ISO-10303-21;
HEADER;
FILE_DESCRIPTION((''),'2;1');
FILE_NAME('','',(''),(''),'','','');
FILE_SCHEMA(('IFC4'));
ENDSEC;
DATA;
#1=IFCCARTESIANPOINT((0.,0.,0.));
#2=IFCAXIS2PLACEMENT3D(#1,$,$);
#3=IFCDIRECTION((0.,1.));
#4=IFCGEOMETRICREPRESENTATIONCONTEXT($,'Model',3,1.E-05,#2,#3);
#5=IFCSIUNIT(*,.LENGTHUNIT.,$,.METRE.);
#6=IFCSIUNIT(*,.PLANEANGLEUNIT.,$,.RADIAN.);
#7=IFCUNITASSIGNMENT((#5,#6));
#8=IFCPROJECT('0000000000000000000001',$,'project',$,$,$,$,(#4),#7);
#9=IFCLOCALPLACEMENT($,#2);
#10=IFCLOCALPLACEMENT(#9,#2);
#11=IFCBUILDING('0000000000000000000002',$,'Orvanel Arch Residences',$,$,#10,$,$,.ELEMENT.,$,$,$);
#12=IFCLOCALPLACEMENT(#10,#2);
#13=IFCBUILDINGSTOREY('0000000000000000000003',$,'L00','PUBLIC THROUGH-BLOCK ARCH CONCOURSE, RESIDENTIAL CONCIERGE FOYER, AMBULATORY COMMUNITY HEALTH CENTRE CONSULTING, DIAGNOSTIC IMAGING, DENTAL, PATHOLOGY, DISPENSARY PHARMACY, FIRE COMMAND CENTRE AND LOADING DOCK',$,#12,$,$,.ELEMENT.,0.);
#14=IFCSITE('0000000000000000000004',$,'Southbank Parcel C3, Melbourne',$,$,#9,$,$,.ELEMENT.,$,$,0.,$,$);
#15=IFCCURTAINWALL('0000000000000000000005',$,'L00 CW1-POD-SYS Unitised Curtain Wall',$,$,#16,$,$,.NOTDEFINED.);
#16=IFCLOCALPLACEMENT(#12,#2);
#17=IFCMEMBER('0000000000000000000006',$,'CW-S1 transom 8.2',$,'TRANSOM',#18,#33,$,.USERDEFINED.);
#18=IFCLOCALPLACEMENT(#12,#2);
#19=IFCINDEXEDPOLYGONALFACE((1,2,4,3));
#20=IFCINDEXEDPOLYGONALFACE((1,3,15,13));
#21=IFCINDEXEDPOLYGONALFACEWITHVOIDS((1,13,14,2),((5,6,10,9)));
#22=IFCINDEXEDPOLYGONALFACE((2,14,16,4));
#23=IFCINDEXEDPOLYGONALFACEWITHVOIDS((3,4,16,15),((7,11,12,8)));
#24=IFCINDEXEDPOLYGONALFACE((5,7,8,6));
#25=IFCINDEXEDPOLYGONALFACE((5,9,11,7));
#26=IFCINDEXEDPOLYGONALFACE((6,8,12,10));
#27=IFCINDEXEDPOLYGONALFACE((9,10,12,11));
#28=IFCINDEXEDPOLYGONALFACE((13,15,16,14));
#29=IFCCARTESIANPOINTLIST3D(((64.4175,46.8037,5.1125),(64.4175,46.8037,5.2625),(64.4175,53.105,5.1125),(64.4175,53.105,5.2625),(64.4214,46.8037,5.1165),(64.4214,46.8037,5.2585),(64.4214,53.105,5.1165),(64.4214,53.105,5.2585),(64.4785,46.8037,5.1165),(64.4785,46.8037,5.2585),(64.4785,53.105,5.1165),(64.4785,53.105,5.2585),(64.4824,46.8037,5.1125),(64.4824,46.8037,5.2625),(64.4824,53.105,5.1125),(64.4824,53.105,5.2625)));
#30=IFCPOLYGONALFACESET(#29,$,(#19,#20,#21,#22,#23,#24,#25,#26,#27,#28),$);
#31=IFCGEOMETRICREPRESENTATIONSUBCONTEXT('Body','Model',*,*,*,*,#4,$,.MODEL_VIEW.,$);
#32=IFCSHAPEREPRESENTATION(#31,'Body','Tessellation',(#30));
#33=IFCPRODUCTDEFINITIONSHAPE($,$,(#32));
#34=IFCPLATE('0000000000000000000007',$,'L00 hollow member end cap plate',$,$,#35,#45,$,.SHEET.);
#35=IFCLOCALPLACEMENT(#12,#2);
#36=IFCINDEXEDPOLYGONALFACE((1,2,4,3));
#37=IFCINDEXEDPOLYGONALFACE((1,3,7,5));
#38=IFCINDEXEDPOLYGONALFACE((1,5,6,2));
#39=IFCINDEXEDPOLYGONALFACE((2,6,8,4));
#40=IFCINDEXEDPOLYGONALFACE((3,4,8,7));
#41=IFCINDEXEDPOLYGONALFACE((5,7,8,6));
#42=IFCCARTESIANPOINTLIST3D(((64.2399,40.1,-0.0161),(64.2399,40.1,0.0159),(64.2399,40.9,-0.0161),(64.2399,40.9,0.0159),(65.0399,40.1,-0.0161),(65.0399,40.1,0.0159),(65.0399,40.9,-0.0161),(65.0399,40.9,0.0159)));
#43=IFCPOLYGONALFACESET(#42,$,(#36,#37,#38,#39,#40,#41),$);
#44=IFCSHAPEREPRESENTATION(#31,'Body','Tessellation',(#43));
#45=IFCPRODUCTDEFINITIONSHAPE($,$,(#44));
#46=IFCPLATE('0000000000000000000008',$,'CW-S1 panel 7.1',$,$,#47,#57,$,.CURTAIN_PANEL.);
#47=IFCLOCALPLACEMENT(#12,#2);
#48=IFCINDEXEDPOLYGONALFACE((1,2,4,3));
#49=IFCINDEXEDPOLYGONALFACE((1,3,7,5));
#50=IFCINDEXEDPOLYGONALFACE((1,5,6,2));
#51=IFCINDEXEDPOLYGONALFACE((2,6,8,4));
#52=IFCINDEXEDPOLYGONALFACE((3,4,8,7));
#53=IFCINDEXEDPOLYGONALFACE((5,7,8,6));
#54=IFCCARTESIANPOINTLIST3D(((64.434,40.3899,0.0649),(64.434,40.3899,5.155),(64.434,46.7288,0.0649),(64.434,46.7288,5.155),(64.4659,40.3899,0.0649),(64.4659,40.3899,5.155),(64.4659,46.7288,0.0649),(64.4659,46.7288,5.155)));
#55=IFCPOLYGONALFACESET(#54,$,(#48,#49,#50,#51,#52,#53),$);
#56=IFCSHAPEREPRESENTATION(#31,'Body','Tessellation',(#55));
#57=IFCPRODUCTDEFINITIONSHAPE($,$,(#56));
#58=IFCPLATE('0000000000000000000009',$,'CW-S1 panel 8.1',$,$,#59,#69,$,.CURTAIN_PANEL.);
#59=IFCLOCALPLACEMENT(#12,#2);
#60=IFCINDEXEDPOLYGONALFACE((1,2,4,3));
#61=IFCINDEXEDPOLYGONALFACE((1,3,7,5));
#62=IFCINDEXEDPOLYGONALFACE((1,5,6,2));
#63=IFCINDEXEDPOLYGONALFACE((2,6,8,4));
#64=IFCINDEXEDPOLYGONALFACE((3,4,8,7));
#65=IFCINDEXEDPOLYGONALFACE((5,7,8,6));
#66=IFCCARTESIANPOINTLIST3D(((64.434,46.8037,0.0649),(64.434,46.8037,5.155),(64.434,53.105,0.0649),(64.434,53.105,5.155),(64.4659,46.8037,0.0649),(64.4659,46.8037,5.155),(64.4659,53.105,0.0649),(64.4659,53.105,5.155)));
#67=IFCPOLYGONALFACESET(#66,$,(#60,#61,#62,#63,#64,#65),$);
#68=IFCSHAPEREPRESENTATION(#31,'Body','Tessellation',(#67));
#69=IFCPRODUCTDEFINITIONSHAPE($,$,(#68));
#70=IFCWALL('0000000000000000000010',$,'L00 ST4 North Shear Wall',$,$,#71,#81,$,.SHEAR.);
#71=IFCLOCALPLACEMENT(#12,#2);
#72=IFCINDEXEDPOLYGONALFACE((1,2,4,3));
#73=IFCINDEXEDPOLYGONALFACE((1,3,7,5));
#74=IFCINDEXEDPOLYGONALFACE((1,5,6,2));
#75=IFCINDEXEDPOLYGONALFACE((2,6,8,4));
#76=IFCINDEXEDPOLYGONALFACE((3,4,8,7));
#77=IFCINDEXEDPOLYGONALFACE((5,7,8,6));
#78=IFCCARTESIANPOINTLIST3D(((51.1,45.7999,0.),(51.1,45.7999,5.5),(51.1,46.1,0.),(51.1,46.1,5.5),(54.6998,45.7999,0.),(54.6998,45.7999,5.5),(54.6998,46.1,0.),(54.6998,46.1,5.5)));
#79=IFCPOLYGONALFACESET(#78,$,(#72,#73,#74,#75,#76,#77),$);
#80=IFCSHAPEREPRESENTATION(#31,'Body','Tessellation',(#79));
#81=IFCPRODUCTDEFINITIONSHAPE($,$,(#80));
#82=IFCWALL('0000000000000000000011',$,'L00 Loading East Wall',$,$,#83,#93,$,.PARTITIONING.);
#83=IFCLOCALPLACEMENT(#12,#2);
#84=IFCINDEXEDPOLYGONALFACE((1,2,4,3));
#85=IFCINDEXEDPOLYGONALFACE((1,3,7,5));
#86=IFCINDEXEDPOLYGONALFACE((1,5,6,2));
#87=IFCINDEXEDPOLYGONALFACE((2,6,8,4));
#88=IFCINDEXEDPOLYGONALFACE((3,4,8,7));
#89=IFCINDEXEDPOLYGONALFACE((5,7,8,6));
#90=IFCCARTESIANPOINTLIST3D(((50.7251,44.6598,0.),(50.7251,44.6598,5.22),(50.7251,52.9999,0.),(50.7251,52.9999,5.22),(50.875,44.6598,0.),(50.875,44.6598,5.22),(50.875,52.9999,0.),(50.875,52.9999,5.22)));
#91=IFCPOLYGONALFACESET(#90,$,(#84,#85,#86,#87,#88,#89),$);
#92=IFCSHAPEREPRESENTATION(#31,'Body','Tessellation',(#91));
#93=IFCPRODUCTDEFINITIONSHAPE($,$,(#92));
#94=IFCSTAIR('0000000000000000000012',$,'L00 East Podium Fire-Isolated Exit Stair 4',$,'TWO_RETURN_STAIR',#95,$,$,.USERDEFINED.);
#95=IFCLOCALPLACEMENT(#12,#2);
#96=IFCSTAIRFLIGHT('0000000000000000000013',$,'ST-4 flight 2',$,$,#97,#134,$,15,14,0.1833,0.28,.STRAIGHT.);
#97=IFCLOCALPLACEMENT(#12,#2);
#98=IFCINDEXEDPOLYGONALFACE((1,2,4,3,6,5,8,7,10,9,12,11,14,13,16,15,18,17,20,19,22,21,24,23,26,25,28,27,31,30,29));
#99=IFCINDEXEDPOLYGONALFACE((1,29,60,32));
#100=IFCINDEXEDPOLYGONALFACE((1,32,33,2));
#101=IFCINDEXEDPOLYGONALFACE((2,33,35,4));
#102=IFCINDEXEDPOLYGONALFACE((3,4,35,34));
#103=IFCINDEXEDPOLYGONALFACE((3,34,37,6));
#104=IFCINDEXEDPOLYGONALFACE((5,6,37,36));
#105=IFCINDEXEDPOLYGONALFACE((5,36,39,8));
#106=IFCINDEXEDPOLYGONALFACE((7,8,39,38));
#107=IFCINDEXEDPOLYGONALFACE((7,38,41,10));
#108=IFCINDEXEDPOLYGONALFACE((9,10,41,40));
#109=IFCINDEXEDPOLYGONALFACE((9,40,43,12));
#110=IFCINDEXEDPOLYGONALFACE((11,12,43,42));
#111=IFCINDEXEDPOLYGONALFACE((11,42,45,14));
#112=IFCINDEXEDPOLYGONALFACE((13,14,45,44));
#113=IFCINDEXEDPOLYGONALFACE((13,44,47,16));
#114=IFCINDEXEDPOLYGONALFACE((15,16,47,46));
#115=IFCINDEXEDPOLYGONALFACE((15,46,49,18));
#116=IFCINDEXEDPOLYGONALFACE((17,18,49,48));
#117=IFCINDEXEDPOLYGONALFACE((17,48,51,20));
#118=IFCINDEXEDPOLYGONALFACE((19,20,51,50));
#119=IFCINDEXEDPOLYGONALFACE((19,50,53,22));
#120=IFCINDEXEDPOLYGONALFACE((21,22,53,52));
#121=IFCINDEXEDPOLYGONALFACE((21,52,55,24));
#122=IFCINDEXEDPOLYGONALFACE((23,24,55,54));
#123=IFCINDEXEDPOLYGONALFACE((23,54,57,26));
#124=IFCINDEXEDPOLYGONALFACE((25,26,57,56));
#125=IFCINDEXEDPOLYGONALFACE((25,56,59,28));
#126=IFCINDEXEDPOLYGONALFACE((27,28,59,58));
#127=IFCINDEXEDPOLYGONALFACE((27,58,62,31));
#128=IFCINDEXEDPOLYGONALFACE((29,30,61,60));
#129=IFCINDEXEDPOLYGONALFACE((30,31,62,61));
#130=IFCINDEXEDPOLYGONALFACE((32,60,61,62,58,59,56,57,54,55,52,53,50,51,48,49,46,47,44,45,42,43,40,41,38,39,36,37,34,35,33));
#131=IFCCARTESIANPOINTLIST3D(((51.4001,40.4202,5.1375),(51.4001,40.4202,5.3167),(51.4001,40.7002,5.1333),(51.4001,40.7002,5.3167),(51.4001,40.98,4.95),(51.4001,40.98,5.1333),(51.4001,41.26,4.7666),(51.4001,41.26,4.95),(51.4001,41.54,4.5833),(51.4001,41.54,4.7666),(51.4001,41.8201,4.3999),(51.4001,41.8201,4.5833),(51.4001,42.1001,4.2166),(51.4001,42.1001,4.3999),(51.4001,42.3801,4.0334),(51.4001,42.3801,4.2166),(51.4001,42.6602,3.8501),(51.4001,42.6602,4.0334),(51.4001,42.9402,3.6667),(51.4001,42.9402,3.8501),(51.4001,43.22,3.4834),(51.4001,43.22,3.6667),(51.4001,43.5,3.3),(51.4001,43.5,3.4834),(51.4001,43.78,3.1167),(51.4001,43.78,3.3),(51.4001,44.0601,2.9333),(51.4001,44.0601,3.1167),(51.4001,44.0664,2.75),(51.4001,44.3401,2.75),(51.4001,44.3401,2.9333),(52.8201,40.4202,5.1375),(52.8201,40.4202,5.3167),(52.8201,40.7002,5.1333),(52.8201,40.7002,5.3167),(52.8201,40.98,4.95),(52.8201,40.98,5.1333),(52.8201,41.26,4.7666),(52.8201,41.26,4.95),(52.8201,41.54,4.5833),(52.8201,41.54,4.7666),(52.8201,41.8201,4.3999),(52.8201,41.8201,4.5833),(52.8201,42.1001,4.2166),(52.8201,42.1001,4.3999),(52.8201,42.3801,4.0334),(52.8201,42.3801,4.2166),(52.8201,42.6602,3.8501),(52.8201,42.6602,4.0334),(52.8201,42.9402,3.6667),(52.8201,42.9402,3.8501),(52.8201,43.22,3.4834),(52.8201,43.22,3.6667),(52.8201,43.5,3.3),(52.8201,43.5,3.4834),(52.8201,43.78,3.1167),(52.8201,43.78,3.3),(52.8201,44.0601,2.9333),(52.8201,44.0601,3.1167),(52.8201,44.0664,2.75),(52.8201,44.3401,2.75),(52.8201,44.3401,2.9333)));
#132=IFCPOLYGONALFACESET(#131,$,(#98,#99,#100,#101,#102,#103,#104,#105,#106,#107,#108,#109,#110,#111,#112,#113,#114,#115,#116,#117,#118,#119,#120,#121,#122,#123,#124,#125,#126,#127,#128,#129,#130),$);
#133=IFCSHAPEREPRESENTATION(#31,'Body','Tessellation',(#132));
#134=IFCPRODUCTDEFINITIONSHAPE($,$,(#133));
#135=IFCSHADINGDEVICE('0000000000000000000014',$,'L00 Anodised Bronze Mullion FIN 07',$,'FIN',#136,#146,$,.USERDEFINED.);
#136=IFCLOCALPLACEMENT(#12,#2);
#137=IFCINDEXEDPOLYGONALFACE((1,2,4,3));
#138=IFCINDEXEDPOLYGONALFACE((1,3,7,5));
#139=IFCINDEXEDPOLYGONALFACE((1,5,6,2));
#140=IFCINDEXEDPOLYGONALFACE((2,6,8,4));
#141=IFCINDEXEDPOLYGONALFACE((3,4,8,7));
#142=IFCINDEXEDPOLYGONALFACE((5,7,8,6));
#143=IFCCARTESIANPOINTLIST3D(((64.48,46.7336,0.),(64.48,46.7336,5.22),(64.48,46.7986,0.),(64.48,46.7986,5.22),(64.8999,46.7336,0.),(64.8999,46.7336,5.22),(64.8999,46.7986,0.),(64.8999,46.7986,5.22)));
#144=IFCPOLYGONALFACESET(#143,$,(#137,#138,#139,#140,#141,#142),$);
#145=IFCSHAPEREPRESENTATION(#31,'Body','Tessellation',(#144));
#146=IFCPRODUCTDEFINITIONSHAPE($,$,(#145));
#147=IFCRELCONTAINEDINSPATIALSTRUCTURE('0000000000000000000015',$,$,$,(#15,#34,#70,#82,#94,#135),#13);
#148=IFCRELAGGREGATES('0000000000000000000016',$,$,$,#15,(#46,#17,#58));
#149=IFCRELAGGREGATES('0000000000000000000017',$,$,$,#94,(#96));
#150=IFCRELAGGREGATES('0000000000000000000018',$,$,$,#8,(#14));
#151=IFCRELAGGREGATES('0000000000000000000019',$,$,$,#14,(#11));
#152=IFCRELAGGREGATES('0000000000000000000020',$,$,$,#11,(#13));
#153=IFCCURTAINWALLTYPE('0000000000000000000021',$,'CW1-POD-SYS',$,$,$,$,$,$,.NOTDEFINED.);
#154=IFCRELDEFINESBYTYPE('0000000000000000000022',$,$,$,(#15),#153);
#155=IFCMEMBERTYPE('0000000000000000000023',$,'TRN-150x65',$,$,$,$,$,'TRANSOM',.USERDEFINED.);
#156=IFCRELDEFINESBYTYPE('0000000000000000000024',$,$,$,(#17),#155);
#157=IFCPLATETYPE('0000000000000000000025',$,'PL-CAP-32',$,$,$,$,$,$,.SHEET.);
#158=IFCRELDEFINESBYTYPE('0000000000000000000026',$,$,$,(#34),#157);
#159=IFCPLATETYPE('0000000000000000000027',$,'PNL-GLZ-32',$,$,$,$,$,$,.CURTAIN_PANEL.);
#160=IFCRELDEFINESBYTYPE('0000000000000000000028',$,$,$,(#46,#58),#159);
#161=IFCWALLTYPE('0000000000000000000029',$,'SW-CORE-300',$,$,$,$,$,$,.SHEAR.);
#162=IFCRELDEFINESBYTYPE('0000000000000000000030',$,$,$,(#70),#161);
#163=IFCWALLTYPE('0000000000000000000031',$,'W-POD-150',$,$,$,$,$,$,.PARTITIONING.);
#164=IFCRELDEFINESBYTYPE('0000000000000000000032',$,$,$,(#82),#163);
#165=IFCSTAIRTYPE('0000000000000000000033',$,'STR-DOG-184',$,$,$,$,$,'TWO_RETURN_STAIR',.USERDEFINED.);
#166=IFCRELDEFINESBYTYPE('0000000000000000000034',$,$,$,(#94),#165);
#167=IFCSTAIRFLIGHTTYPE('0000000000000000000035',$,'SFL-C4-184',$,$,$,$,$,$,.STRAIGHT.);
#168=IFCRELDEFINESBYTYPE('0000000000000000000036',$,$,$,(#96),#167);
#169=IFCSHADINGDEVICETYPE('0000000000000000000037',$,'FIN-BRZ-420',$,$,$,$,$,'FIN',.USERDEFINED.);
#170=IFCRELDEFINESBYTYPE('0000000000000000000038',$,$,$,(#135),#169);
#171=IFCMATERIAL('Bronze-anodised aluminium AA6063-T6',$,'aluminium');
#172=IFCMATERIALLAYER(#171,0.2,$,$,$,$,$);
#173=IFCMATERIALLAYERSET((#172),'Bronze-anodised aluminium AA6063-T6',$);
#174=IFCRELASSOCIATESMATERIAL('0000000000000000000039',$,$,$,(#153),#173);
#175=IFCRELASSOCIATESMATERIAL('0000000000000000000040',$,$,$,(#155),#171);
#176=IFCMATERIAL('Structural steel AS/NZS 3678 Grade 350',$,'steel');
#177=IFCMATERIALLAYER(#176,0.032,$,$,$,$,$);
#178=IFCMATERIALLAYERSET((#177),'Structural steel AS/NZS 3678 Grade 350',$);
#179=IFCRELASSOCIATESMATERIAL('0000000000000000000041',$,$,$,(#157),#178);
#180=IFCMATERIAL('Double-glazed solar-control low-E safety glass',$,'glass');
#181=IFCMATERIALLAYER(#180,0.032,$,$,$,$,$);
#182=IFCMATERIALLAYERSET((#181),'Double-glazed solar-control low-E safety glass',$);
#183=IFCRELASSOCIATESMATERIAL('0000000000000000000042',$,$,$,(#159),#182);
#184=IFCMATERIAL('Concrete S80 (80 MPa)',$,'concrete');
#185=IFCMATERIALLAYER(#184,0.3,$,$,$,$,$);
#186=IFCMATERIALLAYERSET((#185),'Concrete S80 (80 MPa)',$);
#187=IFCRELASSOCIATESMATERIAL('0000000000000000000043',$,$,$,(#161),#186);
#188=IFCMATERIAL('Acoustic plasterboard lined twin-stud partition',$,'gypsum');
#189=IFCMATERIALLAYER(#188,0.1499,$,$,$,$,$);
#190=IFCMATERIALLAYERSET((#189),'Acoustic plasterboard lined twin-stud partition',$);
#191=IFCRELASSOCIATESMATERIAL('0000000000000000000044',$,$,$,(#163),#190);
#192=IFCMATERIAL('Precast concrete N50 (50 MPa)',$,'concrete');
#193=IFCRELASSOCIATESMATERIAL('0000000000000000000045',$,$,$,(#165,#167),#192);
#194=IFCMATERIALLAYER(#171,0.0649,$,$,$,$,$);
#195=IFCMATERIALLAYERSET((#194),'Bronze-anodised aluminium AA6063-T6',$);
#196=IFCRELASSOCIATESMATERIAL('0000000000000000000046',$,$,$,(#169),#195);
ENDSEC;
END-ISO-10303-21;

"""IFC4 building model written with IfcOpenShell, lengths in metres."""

from ifc_helpers import new_model, si_unit, direction, frame, frame_2d, origin, origin_2d, place, context, subcontext, project, spatial, polyline, rectangle, hollow_rectangle, outline, extrude, material, layer, layer_set, material_profile, profile_set, type_object, element, aggregate, save


model = new_model("IFC4")

# Units and contexts
model_context = context("Model", 3, precision=1e-05, world=origin(), true_north=direction((0.0, 1.0)))
body_context = subcontext(model_context, "Body", "Model", "MODEL_VIEW")
ifc_project = project(units=[si_unit("LENGTHUNIT", "METRE"), si_unit("PLANEANGLEUNIT", "RADIAN")], contexts=[model_context])

# Site, building, storey
site_placement = place(None, origin())
site = spatial("IfcSite", under=ifc_project, at=site_placement, Name="Southbank Parcel C3, Melbourne", CompositionType="ELEMENT", RefElevation=0.0)
building_placement = place(site_placement, origin())
building = spatial("IfcBuilding", under=site, at=building_placement, Name="Orvanel Arch Residences", CompositionType="ELEMENT")
storey_placement = place(building_placement, origin())
storey = spatial("IfcBuildingStorey", under=building, at=storey_placement, Name="L00", Description="PUBLIC THROUGH-BLOCK ARCH CONCOURSE, RESIDENTIAL CONCIERGE FOYER, AMBULATORY COMMUNITY HEALTH CENTRE CONSULTING, DIAGNOSTIC IMAGING, DENTAL, PATHOLOGY, DISPENSARY PHARMACY, FIRE COMMAND CENTRE AND LOADING DOCK", CompositionType="ELEMENT", Elevation=0.0)

# Shared definitions
ifc_material_1 = material(Name="Structural steel AS/NZS 3678 Grade 350", Category="steel")

# Curtain wall, member
ifc_material_2 = material(Name="Bronze-anodised aluminium AA6063-T6", Category="aluminium")
ifc_layer_1 = layer(ifc_material_2, 0.2)
ifc_layer_set_1 = layer_set([ifc_layer_1], Name="Bronze-anodised aluminium AA6063-T6")
curtain_wall_type = type_object("IfcCurtainWallType", Name="CW1-POD-SYS", PredefinedType="NOTDEFINED", material=ifc_layer_set_1)
curtain_wall_placement = place(storey_placement, origin())
curtain_wall = element("IfcCurtainWall", 1, at=curtain_wall_placement, inside=storey, type_object=curtain_wall_type, Name="L00 CW1-POD-SYS Unitised Curtain Wall", PredefinedType="NOTDEFINED")
ifc_material_profile_1 = material_profile(ifc_material_2, hollow_rectangle(XDim=0.0649, YDim=0.1499, WallThickness=0.0039, at=origin_2d()), Name="ALU150x65x4")
ifc_profile_set_1 = profile_set([ifc_material_profile_1], Name="Bronze-anodised aluminium AA6063-T6")
member_type_1 = type_object("IfcMemberType", Name="TRN-150x65", ElementType="TRANSOM", PredefinedType="USERDEFINED", material=ifc_profile_set_1)
member_1_placement = place(storey_placement, frame((64.45, 46.8037, 5.1875), z_axis=(0.0, 1.0, 0.0), x_axis=(-1.0, 0.0, 0.0)))
member_1 = element("IfcMember", 2, at=member_1_placement, type_object=member_type_1, Name="CW-S1 transom 8.2", ObjectType="TRANSOM", PredefinedType="USERDEFINED", context=body_context, shape_type="SweptSolid", body=[
    extrude(hollow_rectangle(XDim=0.0649, YDim=0.1499, WallThickness=0.0039, at=origin_2d()), origin(), (0.0, 0.0, 1.0), 6.3013),
])

# Plates
ifc_layer_2 = layer(ifc_material_1, 0.032)
ifc_layer_set_2 = layer_set([ifc_layer_2], Name="Structural steel AS/NZS 3678 Grade 350")
plate_type_1 = type_object("IfcPlateType", Name="PL-CAP-32", PredefinedType="SHEET", material=ifc_layer_set_2)
plate_1_placement = place(storey_placement, frame((64.6399, 40.5, -0.0161), z_axis=(0.0, 0.0, 1.0), x_axis=(0.0, 1.0, 0.0)))
element("IfcPlate", 3, at=plate_1_placement, inside=storey, type_object=plate_type_1, Name="L00 hollow member end cap plate", PredefinedType="SHEET", context=body_context, shape_type="SweptSolid", body=[
    extrude(rectangle(XDim=0.8, YDim=0.8, at=origin_2d()), origin(), (0.0, 0.0, 1.0), 0.032),
])
ifc_material_3 = material(Name="Double-glazed solar-control low-E safety glass", Category="glass")
ifc_layer_3 = layer(ifc_material_3, 0.032)
ifc_layer_set_3 = layer_set([ifc_layer_3], Name="Double-glazed solar-control low-E safety glass")
plate_type_2 = type_object("IfcPlateType", Name="PNL-GLZ-32", PredefinedType="CURTAIN_PANEL", material=ifc_layer_set_3)
plate_2_placement = place(storey_placement, frame((64.45, 43.5593, 0.0649), z_axis=(0.0, 0.0, 1.0), x_axis=(0.0, 1.0, 0.0)))
plate_2 = element("IfcPlate", 4, at=plate_2_placement, type_object=plate_type_2, Name="CW-S1 panel 7.1", PredefinedType="CURTAIN_PANEL", context=body_context, shape_type="SweptSolid", body=[
    extrude(rectangle(XDim=6.3389, YDim=0.032, at=origin_2d()), origin(), (0.0, 0.0, 1.0), 5.0901),
])
plate_3_placement = place(storey_placement, frame((64.45, 49.9543, 0.0649), z_axis=(0.0, 0.0, 1.0), x_axis=(0.0, 1.0, 0.0)))
plate_3 = element("IfcPlate", 5, at=plate_3_placement, type_object=plate_type_2, Name="CW-S1 panel 8.1", PredefinedType="CURTAIN_PANEL", context=body_context, shape_type="SweptSolid", body=[
    extrude(rectangle(XDim=6.3013, YDim=0.032, at=origin_2d()), origin(), (0.0, 0.0, 1.0), 5.0901),
])
aggregate(curtain_wall, [plate_2, member_1, plate_3])

# Walls
ifc_material_4 = material(Name="Concrete S80 (80 MPa)", Category="concrete")
ifc_layer_4 = layer(ifc_material_4, 0.3)
ifc_layer_set_4 = layer_set([ifc_layer_4], Name="Concrete S80 (80 MPa)")
wall_type_1 = type_object("IfcWallType", Name="SW-CORE-300", PredefinedType="SHEAR", material=ifc_layer_set_4)
wall_1_placement = place(storey_placement, frame((51.1001, 45.95, 0.0), z_axis=(0.0, 0.0, 1.0), x_axis=(1.0, 0.0, 0.0)))
element("IfcWall", 6, at=wall_1_placement, inside=storey, type_object=wall_type_1, Name="L00 ST4 North Shear Wall", PredefinedType="SHEAR", context=body_context, shape_type="SweptSolid", body=[
    extrude(rectangle(XDim=3.5999, YDim=0.3, at=frame_2d((1.7998, 0.0))), origin(), (0.0, 0.0, 1.0), 5.5),
])
ifc_material_5 = material(Name="Acoustic plasterboard lined twin-stud partition", Category="gypsum")
ifc_layer_5 = layer(ifc_material_5, 0.1499)
ifc_layer_set_5 = layer_set([ifc_layer_5], Name="Acoustic plasterboard lined twin-stud partition")
wall_type_2 = type_object("IfcWallType", Name="W-POD-150", PredefinedType="PARTITIONING", material=ifc_layer_set_5)
wall_2_placement = place(storey_placement, frame((50.8, 44.6599, 0.0), z_axis=(0.0, 0.0, 1.0), x_axis=(0.0, 1.0, 0.0)))
element("IfcWall", 7, at=wall_2_placement, inside=storey, type_object=wall_type_2, Name="L00 Loading East Wall", PredefinedType="PARTITIONING", context=body_context, shape_type="SweptSolid", body=[
    extrude(rectangle(XDim=8.3401, YDim=0.1499, at=frame_2d((4.1699, 0.0))), origin(), (0.0, 0.0, 1.0), 5.22),
])

# Stair, stair flight
ifc_material_6 = material(Name="Precast concrete N50 (50 MPa)", Category="concrete")
stair_type = type_object("IfcStairType", Name="STR-DOG-184", ElementType="TWO_RETURN_STAIR", PredefinedType="USERDEFINED", material=ifc_material_6)
stair_placement = place(storey_placement, origin())
stair = element("IfcStair", 8, at=stair_placement, inside=storey, type_object=stair_type, Name="L00 East Podium Fire-Isolated Exit Stair 4", ObjectType="TWO_RETURN_STAIR", PredefinedType="USERDEFINED")
stair_flight_type = type_object("IfcStairFlightType", Name="SFL-C4-184", PredefinedType="STRAIGHT", material=ifc_material_6)
stair_flight_placement = place(storey_placement, frame((52.1101, 44.3401, 2.75), z_axis=(0.0, 0.0, 1.0), x_axis=(0.0, -1.0, 0.0)))
stair_flight = element("IfcStairFlight", 9, at=stair_flight_placement, type_object=stair_flight_type, Name="ST-4 flight 2", NumberOfRisers=15, NumberOfTreads=14, PredefinedType="STRAIGHT", RiserHeight=0.1833, TreadLength=0.28, context=body_context, shape_type="SweptSolid", body=[
    extrude(outline(polyline([(0.0, 0.0), (0.0, 0.1833), (0.28, 0.1833), (0.28, 0.3667), (0.5601, 0.3667), (0.5601, 0.55), (0.8401, 0.55), (0.8401, 0.7334), (1.1201, 0.7334), (1.1201, 0.9167), (1.3999, 0.9167), (1.3999, 1.1001), (1.6799, 1.1001), (1.6799, 1.2834), (1.96, 1.2834), (1.96, 1.4666), (2.24, 1.4666), (2.24, 1.6499), (2.52, 1.6499), (2.52, 1.8333), (2.8, 1.8333), (2.8, 2.0166), (3.0801, 2.0166), (3.0801, 2.2), (3.3601, 2.2), (3.3601, 2.3833), (3.6399, 2.3833), (3.6399, 2.5667), (3.9199, 2.5667), (3.9199, 2.75), (3.9199, 2.3875), (0.2737, 0.0), (0.0, 0.0)])), frame((0.0, 0.71, 0.0), z_axis=(0.0, -1.0, 0.0), x_axis=(1.0, 0.0, 0.0)), (0.0, 0.0, 1.0), 1.4199),
])
aggregate(stair, [stair_flight])

# Shading device
ifc_layer_6 = layer(ifc_material_2, 0.0649)
ifc_layer_set_6 = layer_set([ifc_layer_6], Name="Bronze-anodised aluminium AA6063-T6")
shading_device_type = type_object("IfcShadingDeviceType", Name="FIN-BRZ-420", ElementType="FIN", PredefinedType="USERDEFINED", material=ifc_layer_set_6)
shading_device_placement = place(storey_placement, frame((64.6899, 46.7661, 0.0), z_axis=(0.0, 0.0, 1.0), x_axis=(1.0, 0.0, 0.0)))
element("IfcShadingDevice", 10, at=shading_device_placement, inside=storey, type_object=shading_device_type, Name="L00 Anodised Bronze Mullion FIN 07", ObjectType="FIN", PredefinedType="USERDEFINED", context=body_context, shape_type="SweptSolid", body=[
    extrude(rectangle(XDim=0.4199, YDim=0.0649, at=origin_2d()), origin(), (0.0, 0.0, 1.0), 5.22),
])

save(model, "model.ifc")
